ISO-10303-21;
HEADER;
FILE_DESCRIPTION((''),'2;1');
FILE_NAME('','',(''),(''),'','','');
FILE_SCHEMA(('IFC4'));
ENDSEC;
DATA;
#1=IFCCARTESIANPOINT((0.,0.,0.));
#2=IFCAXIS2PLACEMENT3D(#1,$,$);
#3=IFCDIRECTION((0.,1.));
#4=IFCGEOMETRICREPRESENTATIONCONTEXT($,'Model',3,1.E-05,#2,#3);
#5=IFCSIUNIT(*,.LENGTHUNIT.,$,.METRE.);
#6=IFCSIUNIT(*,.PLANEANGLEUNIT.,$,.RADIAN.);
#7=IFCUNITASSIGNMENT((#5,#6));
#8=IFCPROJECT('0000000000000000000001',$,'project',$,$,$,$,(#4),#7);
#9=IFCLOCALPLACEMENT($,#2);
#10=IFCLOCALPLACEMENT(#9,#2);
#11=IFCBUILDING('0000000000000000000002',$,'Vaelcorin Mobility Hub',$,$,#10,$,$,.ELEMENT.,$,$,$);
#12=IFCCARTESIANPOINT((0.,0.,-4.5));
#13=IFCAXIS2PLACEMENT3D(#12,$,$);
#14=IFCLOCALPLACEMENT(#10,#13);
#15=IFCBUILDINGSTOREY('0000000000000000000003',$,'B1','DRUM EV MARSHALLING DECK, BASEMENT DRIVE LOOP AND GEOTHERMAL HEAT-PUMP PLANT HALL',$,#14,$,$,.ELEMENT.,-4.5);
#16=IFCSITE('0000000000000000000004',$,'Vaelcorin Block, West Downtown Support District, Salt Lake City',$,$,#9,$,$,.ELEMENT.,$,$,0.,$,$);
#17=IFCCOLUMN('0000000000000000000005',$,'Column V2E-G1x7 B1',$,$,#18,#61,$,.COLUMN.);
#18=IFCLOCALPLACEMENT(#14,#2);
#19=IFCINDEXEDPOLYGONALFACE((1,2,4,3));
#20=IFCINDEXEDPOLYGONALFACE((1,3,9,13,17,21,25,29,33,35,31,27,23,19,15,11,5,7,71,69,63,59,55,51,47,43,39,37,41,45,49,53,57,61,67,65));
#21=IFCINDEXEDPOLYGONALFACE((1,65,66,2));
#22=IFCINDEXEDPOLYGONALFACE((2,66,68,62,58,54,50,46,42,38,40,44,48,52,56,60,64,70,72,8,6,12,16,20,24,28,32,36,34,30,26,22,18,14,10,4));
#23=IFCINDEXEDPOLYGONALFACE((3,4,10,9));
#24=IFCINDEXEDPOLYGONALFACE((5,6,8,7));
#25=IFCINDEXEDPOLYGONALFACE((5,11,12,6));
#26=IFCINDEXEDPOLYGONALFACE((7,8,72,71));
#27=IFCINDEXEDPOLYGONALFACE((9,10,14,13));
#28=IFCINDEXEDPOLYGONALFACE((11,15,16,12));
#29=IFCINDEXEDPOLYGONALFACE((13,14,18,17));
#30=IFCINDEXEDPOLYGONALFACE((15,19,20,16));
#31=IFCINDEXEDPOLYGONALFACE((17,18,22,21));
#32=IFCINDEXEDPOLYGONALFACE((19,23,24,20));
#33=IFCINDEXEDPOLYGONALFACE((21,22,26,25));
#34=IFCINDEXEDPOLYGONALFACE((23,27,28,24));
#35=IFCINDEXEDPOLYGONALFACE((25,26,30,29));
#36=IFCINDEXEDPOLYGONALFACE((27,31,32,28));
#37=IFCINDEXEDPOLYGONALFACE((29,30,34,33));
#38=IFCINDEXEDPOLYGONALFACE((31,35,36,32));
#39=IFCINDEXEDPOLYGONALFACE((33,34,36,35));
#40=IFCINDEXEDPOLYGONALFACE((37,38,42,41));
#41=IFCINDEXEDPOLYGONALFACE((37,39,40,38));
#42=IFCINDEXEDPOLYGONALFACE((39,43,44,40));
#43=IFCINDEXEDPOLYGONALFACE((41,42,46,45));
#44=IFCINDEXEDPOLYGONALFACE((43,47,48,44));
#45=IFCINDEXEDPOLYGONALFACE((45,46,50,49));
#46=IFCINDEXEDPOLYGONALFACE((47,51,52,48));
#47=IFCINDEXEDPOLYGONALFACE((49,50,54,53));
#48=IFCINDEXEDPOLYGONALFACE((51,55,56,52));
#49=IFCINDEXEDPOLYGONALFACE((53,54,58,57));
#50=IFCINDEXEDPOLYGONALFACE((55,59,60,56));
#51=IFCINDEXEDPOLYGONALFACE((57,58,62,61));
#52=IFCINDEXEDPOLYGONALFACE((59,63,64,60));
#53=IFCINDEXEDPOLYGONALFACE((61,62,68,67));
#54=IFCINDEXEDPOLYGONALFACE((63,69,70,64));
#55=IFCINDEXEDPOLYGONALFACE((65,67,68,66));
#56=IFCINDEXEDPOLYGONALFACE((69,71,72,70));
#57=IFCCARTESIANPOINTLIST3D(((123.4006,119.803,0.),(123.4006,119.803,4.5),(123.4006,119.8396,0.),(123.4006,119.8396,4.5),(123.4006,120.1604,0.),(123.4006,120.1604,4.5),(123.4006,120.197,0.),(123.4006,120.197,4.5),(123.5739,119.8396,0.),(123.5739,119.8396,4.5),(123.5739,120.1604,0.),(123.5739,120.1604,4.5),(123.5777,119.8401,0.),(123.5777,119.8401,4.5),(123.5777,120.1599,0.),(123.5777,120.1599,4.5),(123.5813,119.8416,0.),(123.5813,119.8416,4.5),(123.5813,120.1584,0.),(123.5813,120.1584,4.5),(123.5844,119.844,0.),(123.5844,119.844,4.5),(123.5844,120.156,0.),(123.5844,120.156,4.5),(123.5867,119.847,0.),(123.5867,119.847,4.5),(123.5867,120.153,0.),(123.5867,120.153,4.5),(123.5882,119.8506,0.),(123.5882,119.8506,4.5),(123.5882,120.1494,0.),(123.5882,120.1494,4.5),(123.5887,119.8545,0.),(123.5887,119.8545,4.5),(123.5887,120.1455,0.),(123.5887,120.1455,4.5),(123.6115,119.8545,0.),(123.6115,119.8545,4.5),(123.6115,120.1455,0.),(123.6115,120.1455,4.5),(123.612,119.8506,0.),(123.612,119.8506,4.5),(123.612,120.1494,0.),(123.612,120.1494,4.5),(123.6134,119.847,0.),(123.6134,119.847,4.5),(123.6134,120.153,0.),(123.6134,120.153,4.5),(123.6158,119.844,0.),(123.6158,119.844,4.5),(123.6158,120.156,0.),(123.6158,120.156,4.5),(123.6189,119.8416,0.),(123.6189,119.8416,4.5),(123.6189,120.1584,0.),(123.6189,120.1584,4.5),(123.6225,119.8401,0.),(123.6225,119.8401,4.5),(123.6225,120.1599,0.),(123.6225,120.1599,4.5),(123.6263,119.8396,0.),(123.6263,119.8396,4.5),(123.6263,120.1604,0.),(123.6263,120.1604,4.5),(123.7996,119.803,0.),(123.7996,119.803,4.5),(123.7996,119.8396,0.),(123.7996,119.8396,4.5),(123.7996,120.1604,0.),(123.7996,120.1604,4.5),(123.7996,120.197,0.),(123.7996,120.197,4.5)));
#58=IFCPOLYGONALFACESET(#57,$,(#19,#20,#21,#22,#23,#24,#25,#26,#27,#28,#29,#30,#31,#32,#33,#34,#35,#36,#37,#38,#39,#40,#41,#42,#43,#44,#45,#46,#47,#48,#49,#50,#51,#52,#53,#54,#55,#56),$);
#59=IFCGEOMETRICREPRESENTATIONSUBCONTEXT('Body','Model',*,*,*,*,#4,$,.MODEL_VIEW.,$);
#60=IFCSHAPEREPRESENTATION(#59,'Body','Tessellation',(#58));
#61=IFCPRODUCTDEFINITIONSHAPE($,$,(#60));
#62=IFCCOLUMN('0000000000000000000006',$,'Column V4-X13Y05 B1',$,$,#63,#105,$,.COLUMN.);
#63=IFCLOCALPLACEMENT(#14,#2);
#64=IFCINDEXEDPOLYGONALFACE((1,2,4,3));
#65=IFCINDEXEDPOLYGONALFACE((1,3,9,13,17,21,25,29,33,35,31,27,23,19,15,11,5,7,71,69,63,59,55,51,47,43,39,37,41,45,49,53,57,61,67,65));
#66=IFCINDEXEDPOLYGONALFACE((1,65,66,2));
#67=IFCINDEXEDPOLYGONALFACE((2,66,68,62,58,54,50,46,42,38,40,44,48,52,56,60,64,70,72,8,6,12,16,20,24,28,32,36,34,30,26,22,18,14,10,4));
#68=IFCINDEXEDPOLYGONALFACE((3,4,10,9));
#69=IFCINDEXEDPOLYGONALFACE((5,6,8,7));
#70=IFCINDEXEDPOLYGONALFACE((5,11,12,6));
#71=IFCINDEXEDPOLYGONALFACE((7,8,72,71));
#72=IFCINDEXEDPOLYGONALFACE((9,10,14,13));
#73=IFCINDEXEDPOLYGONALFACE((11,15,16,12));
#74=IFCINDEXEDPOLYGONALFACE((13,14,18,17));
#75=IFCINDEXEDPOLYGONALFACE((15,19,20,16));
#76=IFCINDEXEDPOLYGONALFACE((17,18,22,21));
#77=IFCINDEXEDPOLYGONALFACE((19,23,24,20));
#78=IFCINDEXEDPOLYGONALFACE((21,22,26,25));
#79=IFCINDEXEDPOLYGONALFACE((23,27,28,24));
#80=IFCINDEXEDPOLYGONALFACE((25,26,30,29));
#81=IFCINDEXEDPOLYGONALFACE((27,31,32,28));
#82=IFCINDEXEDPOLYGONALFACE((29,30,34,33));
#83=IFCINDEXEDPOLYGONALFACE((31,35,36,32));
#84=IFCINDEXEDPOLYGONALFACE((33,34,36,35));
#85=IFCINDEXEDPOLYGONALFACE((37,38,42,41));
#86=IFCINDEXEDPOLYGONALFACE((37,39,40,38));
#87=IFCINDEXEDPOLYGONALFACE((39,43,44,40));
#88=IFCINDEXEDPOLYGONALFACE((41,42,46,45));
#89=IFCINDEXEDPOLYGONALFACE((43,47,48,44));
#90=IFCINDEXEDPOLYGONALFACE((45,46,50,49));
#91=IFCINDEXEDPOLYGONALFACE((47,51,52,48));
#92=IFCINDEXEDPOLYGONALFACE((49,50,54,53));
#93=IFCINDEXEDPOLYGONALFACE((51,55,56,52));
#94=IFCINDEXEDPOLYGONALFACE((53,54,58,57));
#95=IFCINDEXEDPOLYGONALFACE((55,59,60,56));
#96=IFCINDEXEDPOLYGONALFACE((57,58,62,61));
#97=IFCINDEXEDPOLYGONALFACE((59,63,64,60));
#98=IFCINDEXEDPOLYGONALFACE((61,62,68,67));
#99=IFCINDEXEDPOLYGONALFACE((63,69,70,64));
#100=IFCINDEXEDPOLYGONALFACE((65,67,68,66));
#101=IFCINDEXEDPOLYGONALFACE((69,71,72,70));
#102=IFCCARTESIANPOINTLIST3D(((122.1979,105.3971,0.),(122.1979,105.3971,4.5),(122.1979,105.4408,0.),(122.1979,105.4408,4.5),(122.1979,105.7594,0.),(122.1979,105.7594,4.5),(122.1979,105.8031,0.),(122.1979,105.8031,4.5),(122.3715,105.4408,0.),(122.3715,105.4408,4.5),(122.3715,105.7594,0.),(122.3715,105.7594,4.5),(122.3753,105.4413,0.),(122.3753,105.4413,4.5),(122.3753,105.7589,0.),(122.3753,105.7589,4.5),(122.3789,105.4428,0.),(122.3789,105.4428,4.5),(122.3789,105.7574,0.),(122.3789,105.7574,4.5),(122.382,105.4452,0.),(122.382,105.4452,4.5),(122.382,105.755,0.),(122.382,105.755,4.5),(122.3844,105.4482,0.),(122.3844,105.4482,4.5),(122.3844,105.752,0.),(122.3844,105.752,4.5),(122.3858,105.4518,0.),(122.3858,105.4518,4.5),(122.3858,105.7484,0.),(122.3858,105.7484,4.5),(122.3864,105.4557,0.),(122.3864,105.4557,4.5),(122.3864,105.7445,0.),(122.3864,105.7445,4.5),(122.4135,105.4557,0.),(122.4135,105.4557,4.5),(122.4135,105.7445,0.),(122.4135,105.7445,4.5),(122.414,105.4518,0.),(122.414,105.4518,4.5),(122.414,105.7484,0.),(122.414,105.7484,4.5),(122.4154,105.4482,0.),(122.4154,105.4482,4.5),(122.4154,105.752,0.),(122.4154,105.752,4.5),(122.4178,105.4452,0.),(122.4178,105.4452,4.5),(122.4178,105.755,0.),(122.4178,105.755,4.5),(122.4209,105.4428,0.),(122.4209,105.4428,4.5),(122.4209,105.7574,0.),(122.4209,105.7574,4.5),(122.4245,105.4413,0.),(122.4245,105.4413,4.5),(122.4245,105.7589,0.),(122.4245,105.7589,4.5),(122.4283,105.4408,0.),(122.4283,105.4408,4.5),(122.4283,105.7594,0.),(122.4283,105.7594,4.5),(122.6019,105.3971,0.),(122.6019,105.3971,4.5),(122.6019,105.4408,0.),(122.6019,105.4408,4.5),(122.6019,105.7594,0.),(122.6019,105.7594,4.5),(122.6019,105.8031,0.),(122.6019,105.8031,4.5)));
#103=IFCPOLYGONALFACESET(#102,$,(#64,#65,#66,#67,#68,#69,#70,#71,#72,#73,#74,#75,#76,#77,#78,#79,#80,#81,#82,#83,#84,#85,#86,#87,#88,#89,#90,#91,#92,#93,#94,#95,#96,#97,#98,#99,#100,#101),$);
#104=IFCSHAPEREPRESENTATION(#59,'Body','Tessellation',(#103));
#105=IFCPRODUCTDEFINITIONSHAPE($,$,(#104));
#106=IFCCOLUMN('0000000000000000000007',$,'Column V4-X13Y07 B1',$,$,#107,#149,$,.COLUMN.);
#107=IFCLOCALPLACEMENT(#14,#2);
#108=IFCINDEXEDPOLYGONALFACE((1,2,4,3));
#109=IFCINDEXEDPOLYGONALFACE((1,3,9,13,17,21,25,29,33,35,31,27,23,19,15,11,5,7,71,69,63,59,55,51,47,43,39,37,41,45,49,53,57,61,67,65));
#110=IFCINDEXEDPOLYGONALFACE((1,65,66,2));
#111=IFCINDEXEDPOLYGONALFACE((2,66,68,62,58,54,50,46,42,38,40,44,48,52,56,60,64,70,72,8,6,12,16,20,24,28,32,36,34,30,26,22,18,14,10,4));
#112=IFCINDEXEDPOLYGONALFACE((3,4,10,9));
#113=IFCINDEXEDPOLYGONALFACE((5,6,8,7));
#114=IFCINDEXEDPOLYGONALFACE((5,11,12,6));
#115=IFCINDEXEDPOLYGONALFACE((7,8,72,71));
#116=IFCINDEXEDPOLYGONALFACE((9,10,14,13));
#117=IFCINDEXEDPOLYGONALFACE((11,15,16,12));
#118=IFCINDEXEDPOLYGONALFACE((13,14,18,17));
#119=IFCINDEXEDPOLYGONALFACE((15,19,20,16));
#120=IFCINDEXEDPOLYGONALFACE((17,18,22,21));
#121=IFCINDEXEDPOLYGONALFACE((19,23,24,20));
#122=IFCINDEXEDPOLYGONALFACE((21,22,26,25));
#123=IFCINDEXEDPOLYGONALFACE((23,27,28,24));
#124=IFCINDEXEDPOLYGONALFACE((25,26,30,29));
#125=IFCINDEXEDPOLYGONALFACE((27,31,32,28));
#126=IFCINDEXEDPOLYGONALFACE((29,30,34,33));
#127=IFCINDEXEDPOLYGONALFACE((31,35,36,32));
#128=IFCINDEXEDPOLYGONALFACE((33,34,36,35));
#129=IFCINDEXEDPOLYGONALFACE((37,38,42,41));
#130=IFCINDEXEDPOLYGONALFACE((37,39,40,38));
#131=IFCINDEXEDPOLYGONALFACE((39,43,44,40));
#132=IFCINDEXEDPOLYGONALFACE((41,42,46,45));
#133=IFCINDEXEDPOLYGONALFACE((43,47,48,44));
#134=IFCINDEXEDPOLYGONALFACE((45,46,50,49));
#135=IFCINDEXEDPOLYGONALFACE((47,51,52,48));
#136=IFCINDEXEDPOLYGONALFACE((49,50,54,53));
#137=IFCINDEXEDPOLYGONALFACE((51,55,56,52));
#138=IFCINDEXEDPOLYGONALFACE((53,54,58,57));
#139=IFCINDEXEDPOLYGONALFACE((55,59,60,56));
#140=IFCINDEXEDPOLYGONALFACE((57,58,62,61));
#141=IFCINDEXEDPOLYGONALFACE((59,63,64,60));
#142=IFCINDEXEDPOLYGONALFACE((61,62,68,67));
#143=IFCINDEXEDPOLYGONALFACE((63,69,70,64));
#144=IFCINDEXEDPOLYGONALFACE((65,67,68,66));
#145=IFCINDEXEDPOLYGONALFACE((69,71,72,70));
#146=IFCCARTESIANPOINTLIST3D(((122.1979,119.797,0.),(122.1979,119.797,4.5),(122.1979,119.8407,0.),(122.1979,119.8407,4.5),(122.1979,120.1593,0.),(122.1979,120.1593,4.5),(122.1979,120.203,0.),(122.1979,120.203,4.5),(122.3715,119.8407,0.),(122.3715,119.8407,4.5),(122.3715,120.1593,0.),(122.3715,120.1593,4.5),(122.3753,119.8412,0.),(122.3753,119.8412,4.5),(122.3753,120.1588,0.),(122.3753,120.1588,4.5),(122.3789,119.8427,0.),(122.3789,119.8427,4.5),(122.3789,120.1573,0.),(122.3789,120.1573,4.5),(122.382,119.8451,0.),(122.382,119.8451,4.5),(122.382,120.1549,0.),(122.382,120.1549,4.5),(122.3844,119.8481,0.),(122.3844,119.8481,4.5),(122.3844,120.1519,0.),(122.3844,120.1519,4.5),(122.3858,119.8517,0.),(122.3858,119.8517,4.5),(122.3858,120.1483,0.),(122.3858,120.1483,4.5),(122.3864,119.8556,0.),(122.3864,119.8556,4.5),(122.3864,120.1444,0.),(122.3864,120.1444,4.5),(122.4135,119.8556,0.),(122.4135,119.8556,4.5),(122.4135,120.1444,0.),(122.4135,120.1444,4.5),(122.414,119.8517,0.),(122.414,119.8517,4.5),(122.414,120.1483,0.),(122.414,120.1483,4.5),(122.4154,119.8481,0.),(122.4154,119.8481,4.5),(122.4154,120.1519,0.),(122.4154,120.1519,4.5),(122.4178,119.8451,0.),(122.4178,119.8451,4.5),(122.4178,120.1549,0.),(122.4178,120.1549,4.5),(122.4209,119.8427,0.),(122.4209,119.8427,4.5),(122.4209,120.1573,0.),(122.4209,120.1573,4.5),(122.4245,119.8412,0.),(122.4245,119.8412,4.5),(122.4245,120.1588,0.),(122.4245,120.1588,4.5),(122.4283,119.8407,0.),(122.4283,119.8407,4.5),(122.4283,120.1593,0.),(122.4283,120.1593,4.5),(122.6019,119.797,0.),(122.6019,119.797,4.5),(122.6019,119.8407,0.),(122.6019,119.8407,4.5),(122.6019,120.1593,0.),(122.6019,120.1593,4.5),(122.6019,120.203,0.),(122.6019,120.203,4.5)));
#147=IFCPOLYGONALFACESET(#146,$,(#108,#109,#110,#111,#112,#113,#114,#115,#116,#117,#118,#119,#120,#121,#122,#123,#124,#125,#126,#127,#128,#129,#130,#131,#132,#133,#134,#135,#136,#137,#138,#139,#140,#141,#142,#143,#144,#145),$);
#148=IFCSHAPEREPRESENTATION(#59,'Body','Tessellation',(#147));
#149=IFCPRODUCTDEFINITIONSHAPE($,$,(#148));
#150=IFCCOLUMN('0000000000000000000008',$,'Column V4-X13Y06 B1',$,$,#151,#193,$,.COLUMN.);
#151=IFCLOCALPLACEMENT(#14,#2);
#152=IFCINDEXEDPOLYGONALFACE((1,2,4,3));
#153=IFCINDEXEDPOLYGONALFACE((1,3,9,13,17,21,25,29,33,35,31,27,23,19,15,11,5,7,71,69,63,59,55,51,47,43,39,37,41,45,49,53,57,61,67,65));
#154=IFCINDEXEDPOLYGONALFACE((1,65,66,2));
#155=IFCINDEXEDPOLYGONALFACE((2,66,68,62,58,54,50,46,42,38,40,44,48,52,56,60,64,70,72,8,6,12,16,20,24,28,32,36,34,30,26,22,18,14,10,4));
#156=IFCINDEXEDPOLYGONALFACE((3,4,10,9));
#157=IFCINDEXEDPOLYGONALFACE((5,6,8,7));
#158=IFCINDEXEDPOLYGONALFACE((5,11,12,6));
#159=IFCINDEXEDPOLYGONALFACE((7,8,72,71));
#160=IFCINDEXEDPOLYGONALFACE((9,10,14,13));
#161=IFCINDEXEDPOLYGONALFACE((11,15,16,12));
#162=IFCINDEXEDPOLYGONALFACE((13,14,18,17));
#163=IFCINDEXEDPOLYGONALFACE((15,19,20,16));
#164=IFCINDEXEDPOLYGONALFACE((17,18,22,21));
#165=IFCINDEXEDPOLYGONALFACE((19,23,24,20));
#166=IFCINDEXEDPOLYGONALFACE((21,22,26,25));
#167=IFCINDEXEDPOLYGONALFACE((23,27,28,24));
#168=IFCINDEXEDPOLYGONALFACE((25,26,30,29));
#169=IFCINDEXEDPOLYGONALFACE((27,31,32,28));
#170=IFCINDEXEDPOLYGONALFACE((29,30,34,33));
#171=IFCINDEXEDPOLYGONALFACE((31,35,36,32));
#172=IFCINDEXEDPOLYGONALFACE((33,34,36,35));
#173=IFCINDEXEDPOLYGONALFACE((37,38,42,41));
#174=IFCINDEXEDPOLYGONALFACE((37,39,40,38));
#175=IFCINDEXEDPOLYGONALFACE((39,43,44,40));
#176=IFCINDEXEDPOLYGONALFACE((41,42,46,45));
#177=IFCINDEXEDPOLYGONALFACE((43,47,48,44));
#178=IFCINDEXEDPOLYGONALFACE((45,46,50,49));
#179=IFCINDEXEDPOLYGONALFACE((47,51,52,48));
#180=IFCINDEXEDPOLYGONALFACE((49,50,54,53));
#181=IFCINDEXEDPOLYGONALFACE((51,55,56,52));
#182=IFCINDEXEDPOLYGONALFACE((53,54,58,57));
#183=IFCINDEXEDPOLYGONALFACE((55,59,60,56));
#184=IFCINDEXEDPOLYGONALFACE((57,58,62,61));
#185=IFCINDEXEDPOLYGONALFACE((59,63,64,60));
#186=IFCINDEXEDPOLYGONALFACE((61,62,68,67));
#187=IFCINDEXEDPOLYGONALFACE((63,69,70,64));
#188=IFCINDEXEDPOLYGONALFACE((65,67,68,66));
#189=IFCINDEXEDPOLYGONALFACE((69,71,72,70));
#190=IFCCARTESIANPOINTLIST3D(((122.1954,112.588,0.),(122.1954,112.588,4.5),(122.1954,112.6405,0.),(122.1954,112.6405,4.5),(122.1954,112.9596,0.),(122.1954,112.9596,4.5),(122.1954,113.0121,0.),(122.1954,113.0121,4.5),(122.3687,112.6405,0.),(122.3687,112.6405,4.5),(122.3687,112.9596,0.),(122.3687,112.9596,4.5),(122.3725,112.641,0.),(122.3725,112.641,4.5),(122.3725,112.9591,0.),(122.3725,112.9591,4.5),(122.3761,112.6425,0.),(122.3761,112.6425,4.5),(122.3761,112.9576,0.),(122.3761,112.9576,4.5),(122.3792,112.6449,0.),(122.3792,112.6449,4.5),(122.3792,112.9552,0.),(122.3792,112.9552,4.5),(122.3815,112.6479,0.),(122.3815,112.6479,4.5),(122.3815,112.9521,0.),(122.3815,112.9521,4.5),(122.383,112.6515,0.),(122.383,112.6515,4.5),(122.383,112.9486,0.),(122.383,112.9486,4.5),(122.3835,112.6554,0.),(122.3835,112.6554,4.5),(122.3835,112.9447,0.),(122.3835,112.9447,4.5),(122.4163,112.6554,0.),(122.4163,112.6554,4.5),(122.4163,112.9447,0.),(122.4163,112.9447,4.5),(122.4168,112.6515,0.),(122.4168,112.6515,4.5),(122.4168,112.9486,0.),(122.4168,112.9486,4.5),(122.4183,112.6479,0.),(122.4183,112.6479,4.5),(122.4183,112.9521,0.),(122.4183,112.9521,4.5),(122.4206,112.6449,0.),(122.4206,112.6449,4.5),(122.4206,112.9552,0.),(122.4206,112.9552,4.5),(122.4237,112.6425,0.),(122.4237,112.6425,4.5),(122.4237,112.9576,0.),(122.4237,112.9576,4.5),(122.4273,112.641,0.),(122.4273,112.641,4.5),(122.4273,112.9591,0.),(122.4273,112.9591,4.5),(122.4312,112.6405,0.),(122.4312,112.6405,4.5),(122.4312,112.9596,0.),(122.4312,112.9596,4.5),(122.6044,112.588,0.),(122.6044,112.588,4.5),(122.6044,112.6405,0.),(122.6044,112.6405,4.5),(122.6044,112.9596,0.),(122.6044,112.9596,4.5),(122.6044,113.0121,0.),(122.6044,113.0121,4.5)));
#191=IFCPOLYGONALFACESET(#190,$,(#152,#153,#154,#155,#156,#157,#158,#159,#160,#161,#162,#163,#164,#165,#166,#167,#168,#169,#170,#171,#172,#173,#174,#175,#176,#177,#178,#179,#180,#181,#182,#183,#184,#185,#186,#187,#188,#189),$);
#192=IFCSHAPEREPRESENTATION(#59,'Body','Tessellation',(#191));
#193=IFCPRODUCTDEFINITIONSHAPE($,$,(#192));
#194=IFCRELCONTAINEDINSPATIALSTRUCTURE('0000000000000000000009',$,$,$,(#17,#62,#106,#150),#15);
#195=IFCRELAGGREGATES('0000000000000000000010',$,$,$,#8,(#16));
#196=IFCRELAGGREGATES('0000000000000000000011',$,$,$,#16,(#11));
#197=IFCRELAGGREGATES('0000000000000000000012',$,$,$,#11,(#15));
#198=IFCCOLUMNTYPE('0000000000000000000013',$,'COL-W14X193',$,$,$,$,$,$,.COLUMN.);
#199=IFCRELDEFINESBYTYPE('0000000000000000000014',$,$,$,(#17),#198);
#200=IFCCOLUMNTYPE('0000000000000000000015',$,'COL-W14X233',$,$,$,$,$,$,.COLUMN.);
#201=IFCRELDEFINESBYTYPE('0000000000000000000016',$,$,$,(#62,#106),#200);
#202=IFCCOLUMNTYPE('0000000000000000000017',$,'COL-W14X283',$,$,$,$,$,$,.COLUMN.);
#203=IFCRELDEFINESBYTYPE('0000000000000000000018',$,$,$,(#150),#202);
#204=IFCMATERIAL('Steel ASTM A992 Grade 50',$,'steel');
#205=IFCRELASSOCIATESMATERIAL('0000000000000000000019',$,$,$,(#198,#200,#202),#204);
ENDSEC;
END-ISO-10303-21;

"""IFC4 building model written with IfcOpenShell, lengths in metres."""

from ifc_helpers import new_model, si_unit, direction, frame, origin, origin_2d, place, context, subcontext, project, spatial, i_section, extrude, material, material_profile, profile_set, type_object, element, save


model = new_model("IFC4")

# Units and contexts
model_context = context("Model", 3, precision=1e-05, world=origin(), true_north=direction((0.0, 1.0)))
body_context = subcontext(model_context, "Body", "Model", "MODEL_VIEW")
ifc_project = project(units=[si_unit("LENGTHUNIT", "METRE"), si_unit("PLANEANGLEUNIT", "RADIAN")], contexts=[model_context])

# Site, building, storey
site_placement = place(None, origin())
site = spatial("IfcSite", under=ifc_project, at=site_placement, Name="Vaelcorin Block, West Downtown Support District, Salt Lake City", CompositionType="ELEMENT", RefElevation=0.0)
building_placement = place(site_placement, origin())
building = spatial("IfcBuilding", under=site, at=building_placement, Name="Vaelcorin Mobility Hub", CompositionType="ELEMENT")
storey_placement = place(building_placement, frame((0.0, 0.0, -4.5)))
storey = spatial("IfcBuildingStorey", under=building, at=storey_placement, Name="B1", Description="DRUM EV MARSHALLING DECK, BASEMENT DRIVE LOOP AND GEOTHERMAL HEAT-PUMP PLANT HALL", CompositionType="ELEMENT", Elevation=-4.5)

# Columns
ifc_material_1 = material(Name="Steel ASTM A992 Grade 50", Category="steel")
ifc_material_profile_1 = material_profile(ifc_material_1, i_section(OverallWidth=0.3989, OverallDepth=0.394, WebThickness=0.0227, FlangeThickness=0.0366, FilletRadius=0.0149, at=origin_2d()), Name="W14X193")
ifc_profile_set_1 = profile_set([ifc_material_profile_1], Name="Steel ASTM A992 Grade 50")
column_type_1 = type_object("IfcColumnType", Name="COL-W14X193", PredefinedType="COLUMN", material=ifc_profile_set_1)
for number, where, z_axis, x_axis, name in (
    (1, (123.6001, 120.0, 0.0), (0.0, 0.0, 1.0), (1.0, 0.0, 0.0), "Column V2E-G1x7 B1"),
):
    element("IfcColumn", number, at=place(storey_placement, frame(where, z_axis=z_axis, x_axis=x_axis)), inside=storey, type_object=column_type_1, Name=name, PredefinedType="COLUMN", context=body_context, shape_type="SweptSolid", body=[
        extrude(i_section(OverallWidth=0.3989, OverallDepth=0.394, WebThickness=0.0227, FlangeThickness=0.0366, FilletRadius=0.0149, at=origin_2d()), origin(), (0.0, 0.0, 1.0), 4.5),
    ])
ifc_material_profile_2 = material_profile(ifc_material_1, i_section(OverallWidth=0.4041, OverallDepth=0.406, WebThickness=0.0271, FlangeThickness=0.0437, FilletRadius=0.0149, at=origin_2d()), Name="W14X233")
ifc_profile_set_2 = profile_set([ifc_material_profile_2], Name="Steel ASTM A992 Grade 50")
column_type_2 = type_object("IfcColumnType", Name="COL-W14X233", PredefinedType="COLUMN", material=ifc_profile_set_2)
for number, where, z_axis, x_axis, name in (
    (2, (122.3999, 105.6001, 0.0), (0.0, 0.0, 1.0), (1.0, 0.0, 0.0), "Column V4-X13Y05 B1"),
    (3, (122.3999, 120.0, 0.0), (0.0, 0.0, 1.0), (1.0, 0.0, 0.0), "Column V4-X13Y07 B1"),
):
    element("IfcColumn", number, at=place(storey_placement, frame(where, z_axis=z_axis, x_axis=x_axis)), inside=storey, type_object=column_type_2, Name=name, PredefinedType="COLUMN", context=body_context, shape_type="SweptSolid", body=[
        extrude(i_section(OverallWidth=0.4041, OverallDepth=0.406, WebThickness=0.0271, FlangeThickness=0.0437, FilletRadius=0.0149, at=origin_2d()), origin(), (0.0, 0.0, 1.0), 4.5),
    ])
ifc_material_profile_3 = material_profile(ifc_material_1, i_section(OverallWidth=0.4089, OverallDepth=0.4241, WebThickness=0.0327, FlangeThickness=0.0525, FilletRadius=0.0149, at=origin_2d()), Name="W14X283")
ifc_profile_set_3 = profile_set([ifc_material_profile_3], Name="Steel ASTM A992 Grade 50")
column_type_3 = type_object("IfcColumnType", Name="COL-W14X283", PredefinedType="COLUMN", material=ifc_profile_set_3)
column_placement = place(storey_placement, frame((122.3999, 112.8, 0.0), z_axis=(0.0, 0.0, 1.0), x_axis=(1.0, 0.0, 0.0)))
element("IfcColumn", 4, at=column_placement, inside=storey, type_object=column_type_3, Name="Column V4-X13Y06 B1", PredefinedType="COLUMN", context=body_context, shape_type="SweptSolid", body=[
    extrude(i_section(OverallWidth=0.4089, OverallDepth=0.4241, WebThickness=0.0327, FlangeThickness=0.0525, FilletRadius=0.0149, at=origin_2d()), origin(), (0.0, 0.0, 1.0), 4.5),
])

save(model, "model.ifc")
